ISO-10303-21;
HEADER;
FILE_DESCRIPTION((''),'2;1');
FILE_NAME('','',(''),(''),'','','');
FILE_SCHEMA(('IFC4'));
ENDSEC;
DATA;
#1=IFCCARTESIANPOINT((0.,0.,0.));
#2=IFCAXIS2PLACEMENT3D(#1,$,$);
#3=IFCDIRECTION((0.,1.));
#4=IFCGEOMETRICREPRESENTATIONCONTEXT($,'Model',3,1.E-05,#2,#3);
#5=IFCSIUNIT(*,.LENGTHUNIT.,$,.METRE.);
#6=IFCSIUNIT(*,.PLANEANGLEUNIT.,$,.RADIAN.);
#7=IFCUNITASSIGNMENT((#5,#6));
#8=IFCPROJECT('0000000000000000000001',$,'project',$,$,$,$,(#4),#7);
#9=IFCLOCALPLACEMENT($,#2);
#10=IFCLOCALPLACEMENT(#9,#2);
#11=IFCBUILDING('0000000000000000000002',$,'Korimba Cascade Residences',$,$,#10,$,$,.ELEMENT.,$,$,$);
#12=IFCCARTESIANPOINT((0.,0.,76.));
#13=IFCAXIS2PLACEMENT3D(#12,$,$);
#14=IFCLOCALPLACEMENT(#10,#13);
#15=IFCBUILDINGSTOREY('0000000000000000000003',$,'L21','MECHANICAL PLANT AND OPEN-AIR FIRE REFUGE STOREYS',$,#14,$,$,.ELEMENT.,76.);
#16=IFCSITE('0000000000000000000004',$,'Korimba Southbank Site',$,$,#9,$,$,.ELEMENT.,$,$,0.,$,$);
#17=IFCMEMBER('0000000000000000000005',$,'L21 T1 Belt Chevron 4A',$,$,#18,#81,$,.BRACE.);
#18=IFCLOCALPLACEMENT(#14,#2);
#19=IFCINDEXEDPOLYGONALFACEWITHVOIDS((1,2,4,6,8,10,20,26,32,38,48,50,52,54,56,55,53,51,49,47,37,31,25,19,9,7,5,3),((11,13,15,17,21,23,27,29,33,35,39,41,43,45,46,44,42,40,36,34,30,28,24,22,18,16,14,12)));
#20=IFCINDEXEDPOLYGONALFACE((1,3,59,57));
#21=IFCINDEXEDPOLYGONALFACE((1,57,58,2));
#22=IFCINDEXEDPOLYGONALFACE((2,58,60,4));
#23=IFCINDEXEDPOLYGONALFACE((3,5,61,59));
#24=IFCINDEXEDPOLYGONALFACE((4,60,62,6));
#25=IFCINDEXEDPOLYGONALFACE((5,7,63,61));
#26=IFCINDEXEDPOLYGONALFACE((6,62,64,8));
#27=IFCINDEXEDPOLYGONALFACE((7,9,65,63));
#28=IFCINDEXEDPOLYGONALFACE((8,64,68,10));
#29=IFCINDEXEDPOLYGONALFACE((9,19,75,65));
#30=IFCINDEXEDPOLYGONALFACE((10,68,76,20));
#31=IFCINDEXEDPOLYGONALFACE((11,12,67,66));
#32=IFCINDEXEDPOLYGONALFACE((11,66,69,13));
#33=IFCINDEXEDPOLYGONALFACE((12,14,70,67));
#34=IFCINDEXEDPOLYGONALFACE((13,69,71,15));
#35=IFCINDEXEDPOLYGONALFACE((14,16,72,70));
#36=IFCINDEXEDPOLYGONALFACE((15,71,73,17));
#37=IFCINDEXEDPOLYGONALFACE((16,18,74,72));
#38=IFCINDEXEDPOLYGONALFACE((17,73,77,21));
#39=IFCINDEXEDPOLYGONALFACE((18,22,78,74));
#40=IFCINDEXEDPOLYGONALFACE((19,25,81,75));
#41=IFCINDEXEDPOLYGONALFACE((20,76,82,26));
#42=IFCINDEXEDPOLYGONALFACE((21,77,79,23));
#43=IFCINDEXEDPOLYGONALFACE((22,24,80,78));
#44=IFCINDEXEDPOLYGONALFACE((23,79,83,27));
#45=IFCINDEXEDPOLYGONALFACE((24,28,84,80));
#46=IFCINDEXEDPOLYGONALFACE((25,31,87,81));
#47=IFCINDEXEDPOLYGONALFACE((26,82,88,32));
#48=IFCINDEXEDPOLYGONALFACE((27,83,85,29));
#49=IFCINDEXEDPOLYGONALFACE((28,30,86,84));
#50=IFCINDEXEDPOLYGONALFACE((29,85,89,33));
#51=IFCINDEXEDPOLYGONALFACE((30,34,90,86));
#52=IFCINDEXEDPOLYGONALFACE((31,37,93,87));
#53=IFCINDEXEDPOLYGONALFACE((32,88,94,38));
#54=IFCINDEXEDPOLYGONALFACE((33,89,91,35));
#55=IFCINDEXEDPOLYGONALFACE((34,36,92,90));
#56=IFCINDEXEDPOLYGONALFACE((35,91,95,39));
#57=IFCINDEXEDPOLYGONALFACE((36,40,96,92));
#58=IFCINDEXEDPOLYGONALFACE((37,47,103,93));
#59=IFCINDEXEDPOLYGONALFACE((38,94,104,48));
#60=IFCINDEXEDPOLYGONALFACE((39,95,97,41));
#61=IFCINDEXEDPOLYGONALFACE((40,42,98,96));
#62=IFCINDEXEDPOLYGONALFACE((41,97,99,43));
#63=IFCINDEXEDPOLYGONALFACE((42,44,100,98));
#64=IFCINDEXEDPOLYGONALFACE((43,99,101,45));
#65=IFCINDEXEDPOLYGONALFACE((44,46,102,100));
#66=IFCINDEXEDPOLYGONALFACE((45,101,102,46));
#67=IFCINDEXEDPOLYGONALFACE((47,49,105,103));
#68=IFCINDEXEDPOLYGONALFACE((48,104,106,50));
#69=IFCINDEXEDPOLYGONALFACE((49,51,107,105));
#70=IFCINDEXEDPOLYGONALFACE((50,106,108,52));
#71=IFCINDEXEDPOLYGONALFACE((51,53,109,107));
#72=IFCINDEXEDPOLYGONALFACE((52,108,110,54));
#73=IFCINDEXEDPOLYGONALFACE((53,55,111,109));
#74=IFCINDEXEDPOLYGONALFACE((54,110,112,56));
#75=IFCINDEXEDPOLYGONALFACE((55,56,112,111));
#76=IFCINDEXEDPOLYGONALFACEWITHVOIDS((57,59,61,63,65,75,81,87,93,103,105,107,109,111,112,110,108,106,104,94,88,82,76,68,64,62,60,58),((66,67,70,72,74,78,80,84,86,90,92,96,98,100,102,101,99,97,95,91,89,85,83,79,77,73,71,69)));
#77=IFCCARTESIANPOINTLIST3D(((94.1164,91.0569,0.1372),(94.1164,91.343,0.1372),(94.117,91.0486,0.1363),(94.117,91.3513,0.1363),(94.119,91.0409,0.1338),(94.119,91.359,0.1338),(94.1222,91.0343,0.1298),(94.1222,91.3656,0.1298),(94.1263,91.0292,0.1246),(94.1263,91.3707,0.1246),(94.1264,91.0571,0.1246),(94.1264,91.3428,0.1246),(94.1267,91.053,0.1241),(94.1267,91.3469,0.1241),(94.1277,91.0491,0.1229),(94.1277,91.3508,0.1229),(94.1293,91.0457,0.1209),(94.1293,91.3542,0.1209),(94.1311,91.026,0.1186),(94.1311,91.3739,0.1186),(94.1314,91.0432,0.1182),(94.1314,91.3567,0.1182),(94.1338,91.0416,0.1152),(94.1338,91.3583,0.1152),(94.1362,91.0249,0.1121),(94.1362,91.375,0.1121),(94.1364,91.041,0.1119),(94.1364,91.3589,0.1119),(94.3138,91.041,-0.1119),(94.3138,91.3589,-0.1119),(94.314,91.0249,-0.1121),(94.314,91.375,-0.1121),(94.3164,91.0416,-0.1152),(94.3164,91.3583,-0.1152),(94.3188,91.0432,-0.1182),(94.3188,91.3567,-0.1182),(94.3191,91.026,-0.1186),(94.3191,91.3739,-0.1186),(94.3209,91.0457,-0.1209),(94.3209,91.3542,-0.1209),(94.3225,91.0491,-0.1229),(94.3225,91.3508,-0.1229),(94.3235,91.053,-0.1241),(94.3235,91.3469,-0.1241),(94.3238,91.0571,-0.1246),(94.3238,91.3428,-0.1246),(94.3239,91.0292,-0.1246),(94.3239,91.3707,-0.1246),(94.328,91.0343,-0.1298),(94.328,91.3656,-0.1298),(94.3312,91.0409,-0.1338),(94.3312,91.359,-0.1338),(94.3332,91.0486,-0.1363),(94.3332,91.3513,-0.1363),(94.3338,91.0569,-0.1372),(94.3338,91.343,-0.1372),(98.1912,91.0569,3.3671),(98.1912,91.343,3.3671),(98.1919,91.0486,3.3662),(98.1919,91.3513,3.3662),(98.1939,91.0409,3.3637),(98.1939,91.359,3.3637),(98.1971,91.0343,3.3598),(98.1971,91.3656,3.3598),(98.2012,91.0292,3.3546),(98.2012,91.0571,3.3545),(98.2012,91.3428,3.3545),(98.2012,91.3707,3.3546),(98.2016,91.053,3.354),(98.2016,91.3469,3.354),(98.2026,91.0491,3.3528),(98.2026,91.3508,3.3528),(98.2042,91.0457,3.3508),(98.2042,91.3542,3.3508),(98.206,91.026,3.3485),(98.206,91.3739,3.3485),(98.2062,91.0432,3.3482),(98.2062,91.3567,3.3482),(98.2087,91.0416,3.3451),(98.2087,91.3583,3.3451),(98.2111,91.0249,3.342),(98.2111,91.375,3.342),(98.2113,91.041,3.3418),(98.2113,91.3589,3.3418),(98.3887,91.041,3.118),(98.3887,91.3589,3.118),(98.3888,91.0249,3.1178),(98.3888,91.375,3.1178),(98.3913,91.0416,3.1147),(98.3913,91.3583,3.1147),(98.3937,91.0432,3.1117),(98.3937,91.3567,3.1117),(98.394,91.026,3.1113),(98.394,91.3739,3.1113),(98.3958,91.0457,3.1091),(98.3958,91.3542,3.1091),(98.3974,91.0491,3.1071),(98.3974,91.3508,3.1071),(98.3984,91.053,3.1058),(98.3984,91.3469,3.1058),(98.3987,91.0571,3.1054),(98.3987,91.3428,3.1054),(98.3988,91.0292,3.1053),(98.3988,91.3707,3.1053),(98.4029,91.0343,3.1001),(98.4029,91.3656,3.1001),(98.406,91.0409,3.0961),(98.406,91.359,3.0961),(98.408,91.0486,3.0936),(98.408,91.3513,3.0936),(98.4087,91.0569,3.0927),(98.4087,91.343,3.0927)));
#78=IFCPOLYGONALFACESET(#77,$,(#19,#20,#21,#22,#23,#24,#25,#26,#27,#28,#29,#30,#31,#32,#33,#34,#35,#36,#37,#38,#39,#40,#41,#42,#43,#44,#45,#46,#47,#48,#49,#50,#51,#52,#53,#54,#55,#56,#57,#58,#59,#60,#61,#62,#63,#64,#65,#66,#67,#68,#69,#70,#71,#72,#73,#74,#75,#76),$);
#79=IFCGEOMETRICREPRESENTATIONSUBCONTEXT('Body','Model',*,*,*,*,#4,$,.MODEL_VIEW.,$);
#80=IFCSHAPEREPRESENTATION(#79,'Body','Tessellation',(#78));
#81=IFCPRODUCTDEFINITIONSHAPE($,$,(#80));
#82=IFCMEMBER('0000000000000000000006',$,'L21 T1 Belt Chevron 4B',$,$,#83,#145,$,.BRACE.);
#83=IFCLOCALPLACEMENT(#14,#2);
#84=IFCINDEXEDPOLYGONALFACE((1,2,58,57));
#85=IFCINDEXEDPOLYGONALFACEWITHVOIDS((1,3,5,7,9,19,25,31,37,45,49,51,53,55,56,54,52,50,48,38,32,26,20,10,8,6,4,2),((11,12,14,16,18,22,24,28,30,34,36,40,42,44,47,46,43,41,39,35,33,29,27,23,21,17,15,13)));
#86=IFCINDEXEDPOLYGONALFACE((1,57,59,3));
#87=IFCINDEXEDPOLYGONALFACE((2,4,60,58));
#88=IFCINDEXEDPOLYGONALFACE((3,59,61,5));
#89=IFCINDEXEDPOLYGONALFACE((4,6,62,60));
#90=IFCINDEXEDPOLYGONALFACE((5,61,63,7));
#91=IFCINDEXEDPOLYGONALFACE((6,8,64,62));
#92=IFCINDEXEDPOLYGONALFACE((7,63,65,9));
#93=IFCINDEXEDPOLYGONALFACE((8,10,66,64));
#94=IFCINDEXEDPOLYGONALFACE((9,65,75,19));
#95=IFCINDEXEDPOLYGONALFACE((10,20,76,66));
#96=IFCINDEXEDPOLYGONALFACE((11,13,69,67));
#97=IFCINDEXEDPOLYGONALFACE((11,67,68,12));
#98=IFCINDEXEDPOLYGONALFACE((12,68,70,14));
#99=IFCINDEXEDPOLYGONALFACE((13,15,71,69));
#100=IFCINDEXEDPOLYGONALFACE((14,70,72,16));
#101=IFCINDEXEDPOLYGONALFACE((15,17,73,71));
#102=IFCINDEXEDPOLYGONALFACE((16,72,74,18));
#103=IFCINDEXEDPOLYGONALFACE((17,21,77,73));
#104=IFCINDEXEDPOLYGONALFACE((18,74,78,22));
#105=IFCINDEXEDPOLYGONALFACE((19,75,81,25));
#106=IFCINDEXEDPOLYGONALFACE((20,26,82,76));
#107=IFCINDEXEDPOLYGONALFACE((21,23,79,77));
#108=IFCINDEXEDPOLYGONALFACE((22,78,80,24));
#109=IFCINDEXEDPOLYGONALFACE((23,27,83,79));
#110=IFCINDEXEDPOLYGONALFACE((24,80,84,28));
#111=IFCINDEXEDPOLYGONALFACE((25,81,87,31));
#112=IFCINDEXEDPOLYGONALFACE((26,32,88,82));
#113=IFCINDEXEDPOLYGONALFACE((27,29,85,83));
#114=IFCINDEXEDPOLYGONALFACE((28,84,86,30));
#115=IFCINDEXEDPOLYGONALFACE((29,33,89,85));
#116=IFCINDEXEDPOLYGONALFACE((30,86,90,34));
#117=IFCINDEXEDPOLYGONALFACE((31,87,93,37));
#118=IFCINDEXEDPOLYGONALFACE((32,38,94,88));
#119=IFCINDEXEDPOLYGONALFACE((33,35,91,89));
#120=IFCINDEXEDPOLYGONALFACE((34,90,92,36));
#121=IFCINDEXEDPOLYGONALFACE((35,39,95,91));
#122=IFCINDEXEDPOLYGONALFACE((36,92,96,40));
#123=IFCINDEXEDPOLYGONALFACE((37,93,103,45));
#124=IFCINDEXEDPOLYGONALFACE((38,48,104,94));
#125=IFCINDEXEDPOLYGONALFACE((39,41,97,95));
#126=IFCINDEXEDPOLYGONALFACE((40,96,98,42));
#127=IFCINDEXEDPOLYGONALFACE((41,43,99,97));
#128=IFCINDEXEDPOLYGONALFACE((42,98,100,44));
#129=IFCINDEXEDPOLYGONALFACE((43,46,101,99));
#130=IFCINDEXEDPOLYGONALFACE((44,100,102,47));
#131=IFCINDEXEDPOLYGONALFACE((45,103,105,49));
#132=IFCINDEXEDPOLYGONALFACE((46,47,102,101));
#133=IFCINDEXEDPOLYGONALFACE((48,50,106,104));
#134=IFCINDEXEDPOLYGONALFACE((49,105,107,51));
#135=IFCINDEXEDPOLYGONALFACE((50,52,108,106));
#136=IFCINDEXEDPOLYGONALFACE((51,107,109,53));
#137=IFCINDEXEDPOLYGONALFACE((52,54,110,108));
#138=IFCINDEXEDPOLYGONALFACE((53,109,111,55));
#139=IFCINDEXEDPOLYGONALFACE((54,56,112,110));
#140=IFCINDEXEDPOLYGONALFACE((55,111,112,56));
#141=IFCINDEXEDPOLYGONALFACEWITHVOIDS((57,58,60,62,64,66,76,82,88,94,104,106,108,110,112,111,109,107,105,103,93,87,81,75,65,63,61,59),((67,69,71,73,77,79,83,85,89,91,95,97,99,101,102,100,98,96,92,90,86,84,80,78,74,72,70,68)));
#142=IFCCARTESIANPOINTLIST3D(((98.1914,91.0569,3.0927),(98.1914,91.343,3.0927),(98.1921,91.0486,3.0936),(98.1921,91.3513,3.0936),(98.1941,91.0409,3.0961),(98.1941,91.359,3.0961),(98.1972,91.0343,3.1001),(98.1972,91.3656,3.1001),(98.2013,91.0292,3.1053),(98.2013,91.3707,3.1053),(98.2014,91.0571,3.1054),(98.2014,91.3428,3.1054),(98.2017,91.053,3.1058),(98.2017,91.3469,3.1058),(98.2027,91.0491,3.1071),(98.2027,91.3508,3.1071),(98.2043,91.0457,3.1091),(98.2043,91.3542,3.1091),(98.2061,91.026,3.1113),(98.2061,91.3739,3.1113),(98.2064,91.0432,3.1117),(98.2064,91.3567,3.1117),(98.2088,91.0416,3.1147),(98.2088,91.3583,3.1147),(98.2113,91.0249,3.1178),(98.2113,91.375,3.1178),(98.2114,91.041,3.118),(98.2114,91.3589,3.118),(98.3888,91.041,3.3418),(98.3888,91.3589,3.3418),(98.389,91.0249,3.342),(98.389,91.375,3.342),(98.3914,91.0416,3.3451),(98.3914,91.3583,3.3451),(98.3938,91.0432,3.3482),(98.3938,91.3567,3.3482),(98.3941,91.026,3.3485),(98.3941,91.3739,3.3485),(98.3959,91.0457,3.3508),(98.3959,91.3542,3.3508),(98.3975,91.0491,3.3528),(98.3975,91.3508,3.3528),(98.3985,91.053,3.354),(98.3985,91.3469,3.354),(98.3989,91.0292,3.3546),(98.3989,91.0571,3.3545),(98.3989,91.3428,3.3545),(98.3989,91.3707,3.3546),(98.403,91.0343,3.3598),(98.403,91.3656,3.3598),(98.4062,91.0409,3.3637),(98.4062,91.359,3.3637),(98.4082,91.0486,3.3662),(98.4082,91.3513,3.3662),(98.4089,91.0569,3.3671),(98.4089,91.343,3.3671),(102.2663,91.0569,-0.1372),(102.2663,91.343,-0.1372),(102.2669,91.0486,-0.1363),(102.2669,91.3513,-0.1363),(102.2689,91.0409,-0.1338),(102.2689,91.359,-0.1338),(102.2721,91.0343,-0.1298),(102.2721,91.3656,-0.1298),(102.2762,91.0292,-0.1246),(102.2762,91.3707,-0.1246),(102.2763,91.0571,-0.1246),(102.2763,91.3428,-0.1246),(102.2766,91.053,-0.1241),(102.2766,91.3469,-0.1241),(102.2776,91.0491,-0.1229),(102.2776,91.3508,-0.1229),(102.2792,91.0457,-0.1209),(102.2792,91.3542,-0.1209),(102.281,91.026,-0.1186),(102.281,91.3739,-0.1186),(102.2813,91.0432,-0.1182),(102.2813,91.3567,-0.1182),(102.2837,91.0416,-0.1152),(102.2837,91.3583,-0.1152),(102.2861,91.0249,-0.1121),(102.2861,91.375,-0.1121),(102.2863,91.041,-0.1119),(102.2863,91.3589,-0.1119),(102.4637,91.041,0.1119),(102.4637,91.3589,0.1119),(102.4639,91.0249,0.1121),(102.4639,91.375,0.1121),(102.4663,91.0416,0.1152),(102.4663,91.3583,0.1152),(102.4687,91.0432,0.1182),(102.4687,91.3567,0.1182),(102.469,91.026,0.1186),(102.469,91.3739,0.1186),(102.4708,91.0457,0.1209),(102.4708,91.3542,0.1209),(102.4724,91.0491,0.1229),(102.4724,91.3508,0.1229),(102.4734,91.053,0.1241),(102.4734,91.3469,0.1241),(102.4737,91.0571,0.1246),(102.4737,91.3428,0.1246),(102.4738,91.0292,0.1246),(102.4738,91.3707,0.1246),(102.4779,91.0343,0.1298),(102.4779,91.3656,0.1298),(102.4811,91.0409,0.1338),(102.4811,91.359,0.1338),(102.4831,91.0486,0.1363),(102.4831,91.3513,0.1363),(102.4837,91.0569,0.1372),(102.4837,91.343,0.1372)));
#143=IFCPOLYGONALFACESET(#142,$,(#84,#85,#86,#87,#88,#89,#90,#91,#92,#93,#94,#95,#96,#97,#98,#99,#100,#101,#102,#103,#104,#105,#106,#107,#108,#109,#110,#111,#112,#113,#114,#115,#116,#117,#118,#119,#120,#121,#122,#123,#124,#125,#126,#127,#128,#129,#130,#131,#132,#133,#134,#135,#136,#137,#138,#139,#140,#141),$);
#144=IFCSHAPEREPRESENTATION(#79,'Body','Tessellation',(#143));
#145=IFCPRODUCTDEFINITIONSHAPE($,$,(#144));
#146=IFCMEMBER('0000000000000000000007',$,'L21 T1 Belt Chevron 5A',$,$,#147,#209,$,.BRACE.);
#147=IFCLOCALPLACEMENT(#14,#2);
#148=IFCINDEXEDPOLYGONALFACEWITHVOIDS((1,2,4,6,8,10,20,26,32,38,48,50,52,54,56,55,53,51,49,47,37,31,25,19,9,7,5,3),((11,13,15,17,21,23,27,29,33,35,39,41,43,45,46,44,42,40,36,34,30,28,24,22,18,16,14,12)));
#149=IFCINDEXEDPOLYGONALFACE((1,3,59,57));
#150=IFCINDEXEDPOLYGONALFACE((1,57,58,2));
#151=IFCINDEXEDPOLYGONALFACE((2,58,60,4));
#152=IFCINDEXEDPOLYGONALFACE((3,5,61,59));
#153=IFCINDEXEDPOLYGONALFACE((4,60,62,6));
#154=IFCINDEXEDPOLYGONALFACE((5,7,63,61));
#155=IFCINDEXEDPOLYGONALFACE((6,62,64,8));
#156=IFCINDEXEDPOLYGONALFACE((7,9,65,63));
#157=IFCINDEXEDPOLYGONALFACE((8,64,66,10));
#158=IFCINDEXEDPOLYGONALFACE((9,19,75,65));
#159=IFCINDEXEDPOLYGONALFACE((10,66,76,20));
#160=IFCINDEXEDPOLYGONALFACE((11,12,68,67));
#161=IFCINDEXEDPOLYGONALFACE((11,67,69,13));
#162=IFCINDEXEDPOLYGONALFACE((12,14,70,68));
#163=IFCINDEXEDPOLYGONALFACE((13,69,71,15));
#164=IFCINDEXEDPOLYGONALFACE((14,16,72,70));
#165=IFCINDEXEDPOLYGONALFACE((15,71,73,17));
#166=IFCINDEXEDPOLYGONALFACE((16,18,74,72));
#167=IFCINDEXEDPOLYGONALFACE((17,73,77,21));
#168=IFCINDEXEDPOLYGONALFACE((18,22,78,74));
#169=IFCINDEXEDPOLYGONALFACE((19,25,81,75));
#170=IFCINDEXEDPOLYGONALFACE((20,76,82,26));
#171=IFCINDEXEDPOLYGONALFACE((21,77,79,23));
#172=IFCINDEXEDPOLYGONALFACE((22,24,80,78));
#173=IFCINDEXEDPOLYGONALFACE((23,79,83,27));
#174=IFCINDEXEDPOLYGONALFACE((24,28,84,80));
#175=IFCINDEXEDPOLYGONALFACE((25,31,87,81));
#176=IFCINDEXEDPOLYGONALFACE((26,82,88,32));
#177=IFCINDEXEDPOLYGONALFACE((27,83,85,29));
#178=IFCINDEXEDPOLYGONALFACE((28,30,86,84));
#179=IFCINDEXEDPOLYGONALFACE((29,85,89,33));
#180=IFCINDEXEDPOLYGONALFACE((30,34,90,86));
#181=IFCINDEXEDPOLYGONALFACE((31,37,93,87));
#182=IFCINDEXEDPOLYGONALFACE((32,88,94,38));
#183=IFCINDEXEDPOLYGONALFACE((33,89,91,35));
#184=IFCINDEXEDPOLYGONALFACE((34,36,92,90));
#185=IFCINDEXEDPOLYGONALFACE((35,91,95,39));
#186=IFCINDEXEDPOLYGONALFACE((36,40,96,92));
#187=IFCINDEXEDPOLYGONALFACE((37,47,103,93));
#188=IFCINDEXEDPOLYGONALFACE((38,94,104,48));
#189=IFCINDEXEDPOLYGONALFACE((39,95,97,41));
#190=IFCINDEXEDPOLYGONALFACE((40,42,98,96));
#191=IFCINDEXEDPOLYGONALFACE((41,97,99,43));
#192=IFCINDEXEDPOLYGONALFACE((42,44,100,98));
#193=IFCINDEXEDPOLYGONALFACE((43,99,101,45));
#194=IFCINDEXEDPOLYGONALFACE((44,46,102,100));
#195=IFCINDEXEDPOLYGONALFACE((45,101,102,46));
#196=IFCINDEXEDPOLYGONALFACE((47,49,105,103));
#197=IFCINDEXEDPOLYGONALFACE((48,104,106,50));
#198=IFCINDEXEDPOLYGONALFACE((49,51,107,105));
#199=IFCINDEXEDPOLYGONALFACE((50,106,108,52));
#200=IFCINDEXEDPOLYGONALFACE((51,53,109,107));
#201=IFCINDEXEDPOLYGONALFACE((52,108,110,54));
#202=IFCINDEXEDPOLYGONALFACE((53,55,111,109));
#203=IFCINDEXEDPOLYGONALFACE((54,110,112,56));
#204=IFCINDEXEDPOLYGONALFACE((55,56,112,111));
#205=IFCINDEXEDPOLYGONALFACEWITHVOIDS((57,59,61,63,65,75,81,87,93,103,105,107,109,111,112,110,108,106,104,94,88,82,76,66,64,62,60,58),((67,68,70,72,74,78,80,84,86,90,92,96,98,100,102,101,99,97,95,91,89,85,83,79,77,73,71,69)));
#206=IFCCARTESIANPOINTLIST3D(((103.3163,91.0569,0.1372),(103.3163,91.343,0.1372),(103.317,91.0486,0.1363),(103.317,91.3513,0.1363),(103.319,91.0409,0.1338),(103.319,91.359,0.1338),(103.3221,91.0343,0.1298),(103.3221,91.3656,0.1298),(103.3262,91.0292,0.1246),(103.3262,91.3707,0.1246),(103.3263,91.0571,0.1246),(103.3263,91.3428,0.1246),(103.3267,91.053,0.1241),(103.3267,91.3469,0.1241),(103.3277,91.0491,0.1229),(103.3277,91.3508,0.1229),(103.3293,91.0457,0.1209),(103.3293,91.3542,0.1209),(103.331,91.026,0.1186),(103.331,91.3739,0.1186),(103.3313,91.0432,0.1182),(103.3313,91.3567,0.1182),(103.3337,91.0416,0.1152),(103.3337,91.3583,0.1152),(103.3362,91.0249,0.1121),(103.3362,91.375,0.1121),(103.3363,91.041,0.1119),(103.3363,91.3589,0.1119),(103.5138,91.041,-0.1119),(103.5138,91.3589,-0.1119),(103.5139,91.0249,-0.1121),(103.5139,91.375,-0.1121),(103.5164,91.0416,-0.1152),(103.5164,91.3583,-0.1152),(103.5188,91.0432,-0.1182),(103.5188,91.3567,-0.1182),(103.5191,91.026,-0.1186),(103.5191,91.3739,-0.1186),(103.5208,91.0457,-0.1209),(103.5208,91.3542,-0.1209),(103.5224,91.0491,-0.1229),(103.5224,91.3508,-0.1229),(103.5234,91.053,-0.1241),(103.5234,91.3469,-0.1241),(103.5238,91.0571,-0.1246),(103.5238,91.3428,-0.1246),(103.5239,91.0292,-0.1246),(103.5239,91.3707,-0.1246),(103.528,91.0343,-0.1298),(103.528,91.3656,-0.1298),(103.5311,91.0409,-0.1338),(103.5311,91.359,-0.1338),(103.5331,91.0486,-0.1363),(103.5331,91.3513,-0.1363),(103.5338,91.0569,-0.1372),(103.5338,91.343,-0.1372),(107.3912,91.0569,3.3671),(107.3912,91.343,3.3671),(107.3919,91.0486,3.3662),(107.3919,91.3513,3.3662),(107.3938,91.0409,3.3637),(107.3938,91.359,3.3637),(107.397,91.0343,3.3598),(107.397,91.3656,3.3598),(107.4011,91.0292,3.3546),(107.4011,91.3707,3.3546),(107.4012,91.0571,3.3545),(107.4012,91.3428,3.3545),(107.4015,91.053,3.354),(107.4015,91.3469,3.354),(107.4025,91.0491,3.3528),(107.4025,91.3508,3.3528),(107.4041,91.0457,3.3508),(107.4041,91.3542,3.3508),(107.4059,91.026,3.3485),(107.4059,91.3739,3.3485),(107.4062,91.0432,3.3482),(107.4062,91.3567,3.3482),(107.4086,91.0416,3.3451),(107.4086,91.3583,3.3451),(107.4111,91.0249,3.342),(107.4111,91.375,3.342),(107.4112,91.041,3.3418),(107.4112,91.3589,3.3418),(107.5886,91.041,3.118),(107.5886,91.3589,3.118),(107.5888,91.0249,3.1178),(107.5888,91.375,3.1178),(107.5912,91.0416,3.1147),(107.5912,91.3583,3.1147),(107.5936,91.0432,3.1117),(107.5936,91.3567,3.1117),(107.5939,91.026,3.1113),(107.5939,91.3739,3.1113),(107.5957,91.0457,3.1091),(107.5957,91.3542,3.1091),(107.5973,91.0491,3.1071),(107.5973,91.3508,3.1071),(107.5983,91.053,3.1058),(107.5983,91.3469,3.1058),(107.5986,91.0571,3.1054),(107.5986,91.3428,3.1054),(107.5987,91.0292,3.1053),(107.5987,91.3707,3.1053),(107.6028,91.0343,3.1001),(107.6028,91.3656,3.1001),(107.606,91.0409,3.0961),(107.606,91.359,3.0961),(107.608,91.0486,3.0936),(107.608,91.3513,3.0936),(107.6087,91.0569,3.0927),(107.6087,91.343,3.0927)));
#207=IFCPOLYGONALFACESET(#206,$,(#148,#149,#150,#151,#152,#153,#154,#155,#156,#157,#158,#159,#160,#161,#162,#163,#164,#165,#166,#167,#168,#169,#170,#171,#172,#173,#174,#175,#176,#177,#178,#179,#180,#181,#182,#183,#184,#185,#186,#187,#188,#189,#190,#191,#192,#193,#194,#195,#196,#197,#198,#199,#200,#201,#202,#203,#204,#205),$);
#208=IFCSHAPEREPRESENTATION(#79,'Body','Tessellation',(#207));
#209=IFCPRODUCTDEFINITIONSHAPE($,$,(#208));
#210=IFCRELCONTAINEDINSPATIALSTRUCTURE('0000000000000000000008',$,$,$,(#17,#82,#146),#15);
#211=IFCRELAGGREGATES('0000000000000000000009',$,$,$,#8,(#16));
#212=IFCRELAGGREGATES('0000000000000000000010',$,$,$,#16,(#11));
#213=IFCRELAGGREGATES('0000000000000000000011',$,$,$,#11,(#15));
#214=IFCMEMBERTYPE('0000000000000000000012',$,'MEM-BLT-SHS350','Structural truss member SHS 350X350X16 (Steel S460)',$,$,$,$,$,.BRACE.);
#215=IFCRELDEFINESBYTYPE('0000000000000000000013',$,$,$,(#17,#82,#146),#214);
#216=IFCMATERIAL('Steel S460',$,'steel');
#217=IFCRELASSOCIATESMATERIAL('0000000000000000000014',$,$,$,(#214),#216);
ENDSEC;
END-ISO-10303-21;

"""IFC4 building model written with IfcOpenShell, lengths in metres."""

from ifc_helpers import new_model, si_unit, direction, frame, origin, origin_2d, place, context, subcontext, project, spatial, hollow_rectangle, extrude, material, material_profile, profile_set, type_object, element, save


model = new_model("IFC4")

# Units and contexts
model_context = context("Model", 3, precision=1e-05, world=origin(), true_north=direction((0.0, 1.0)))
body_context = subcontext(model_context, "Body", "Model", "MODEL_VIEW")
ifc_project = project(units=[si_unit("LENGTHUNIT", "METRE"), si_unit("PLANEANGLEUNIT", "RADIAN")], contexts=[model_context])

# Site, building, storey
site_placement = place(None, origin())
site = spatial("IfcSite", under=ifc_project, at=site_placement, Name="Korimba Southbank Site", CompositionType="ELEMENT", RefElevation=0.0)
building_placement = place(site_placement, origin())
building = spatial("IfcBuilding", under=site, at=building_placement, Name="Korimba Cascade Residences", CompositionType="ELEMENT")
storey_placement = place(building_placement, frame((0.0, 0.0, 76.0)))
storey = spatial("IfcBuildingStorey", under=building, at=storey_placement, Name="L21", Description="MECHANICAL PLANT AND OPEN-AIR FIRE REFUGE STOREYS", CompositionType="ELEMENT", Elevation=76.0)

# Members
ifc_material_1 = material(Name="Steel S460", Category="steel")
ifc_material_profile_1 = material_profile(ifc_material_1, hollow_rectangle(XDim=0.3501, YDim=0.3501, WallThickness=0.0161, InnerFilletRadius=0.0161, OuterFilletRadius=0.032, at=origin_2d()), Name="Steel S460")
ifc_profile_set_1 = profile_set([ifc_material_profile_1], Name="Steel S460")
member_type_1 = type_object("IfcMemberType", Name="MEM-BLT-SHS350", Description="Structural truss member SHS 350X350X16 (Steel S460)", PredefinedType="BRACE", material=ifc_profile_set_1)
for number, where, z_axis, x_axis, name in (
    (1, (94.2251, 91.2, 0.0), (0.783673, 0.0, 0.621173), (0.0, 1.0, 0.0), "L21 T1 Belt Chevron 4A"),
    (2, (102.375, 91.2, 0.0), (-0.783673, 0.0, 0.621173), (0.0, -1.0, 0.0), "L21 T1 Belt Chevron 4B"),
    (3, (103.425, 91.2, 0.0), (0.783673, 0.0, 0.621173), (0.0, 1.0, 0.0), "L21 T1 Belt Chevron 5A"),
):
    element("IfcMember", number, at=place(storey_placement, frame(where, z_axis=z_axis, x_axis=x_axis)), inside=storey, type_object=member_type_1, Name=name, PredefinedType="BRACE", context=body_context, shape_type="SweptSolid", body=[
        extrude(hollow_rectangle(XDim=0.3501, YDim=0.3501, WallThickness=0.0161, InnerFilletRadius=0.0161, OuterFilletRadius=0.032, at=origin_2d()), origin(), (0.0, 0.0, 1.0), 5.1997),
    ])

save(model, "model.ifc")
